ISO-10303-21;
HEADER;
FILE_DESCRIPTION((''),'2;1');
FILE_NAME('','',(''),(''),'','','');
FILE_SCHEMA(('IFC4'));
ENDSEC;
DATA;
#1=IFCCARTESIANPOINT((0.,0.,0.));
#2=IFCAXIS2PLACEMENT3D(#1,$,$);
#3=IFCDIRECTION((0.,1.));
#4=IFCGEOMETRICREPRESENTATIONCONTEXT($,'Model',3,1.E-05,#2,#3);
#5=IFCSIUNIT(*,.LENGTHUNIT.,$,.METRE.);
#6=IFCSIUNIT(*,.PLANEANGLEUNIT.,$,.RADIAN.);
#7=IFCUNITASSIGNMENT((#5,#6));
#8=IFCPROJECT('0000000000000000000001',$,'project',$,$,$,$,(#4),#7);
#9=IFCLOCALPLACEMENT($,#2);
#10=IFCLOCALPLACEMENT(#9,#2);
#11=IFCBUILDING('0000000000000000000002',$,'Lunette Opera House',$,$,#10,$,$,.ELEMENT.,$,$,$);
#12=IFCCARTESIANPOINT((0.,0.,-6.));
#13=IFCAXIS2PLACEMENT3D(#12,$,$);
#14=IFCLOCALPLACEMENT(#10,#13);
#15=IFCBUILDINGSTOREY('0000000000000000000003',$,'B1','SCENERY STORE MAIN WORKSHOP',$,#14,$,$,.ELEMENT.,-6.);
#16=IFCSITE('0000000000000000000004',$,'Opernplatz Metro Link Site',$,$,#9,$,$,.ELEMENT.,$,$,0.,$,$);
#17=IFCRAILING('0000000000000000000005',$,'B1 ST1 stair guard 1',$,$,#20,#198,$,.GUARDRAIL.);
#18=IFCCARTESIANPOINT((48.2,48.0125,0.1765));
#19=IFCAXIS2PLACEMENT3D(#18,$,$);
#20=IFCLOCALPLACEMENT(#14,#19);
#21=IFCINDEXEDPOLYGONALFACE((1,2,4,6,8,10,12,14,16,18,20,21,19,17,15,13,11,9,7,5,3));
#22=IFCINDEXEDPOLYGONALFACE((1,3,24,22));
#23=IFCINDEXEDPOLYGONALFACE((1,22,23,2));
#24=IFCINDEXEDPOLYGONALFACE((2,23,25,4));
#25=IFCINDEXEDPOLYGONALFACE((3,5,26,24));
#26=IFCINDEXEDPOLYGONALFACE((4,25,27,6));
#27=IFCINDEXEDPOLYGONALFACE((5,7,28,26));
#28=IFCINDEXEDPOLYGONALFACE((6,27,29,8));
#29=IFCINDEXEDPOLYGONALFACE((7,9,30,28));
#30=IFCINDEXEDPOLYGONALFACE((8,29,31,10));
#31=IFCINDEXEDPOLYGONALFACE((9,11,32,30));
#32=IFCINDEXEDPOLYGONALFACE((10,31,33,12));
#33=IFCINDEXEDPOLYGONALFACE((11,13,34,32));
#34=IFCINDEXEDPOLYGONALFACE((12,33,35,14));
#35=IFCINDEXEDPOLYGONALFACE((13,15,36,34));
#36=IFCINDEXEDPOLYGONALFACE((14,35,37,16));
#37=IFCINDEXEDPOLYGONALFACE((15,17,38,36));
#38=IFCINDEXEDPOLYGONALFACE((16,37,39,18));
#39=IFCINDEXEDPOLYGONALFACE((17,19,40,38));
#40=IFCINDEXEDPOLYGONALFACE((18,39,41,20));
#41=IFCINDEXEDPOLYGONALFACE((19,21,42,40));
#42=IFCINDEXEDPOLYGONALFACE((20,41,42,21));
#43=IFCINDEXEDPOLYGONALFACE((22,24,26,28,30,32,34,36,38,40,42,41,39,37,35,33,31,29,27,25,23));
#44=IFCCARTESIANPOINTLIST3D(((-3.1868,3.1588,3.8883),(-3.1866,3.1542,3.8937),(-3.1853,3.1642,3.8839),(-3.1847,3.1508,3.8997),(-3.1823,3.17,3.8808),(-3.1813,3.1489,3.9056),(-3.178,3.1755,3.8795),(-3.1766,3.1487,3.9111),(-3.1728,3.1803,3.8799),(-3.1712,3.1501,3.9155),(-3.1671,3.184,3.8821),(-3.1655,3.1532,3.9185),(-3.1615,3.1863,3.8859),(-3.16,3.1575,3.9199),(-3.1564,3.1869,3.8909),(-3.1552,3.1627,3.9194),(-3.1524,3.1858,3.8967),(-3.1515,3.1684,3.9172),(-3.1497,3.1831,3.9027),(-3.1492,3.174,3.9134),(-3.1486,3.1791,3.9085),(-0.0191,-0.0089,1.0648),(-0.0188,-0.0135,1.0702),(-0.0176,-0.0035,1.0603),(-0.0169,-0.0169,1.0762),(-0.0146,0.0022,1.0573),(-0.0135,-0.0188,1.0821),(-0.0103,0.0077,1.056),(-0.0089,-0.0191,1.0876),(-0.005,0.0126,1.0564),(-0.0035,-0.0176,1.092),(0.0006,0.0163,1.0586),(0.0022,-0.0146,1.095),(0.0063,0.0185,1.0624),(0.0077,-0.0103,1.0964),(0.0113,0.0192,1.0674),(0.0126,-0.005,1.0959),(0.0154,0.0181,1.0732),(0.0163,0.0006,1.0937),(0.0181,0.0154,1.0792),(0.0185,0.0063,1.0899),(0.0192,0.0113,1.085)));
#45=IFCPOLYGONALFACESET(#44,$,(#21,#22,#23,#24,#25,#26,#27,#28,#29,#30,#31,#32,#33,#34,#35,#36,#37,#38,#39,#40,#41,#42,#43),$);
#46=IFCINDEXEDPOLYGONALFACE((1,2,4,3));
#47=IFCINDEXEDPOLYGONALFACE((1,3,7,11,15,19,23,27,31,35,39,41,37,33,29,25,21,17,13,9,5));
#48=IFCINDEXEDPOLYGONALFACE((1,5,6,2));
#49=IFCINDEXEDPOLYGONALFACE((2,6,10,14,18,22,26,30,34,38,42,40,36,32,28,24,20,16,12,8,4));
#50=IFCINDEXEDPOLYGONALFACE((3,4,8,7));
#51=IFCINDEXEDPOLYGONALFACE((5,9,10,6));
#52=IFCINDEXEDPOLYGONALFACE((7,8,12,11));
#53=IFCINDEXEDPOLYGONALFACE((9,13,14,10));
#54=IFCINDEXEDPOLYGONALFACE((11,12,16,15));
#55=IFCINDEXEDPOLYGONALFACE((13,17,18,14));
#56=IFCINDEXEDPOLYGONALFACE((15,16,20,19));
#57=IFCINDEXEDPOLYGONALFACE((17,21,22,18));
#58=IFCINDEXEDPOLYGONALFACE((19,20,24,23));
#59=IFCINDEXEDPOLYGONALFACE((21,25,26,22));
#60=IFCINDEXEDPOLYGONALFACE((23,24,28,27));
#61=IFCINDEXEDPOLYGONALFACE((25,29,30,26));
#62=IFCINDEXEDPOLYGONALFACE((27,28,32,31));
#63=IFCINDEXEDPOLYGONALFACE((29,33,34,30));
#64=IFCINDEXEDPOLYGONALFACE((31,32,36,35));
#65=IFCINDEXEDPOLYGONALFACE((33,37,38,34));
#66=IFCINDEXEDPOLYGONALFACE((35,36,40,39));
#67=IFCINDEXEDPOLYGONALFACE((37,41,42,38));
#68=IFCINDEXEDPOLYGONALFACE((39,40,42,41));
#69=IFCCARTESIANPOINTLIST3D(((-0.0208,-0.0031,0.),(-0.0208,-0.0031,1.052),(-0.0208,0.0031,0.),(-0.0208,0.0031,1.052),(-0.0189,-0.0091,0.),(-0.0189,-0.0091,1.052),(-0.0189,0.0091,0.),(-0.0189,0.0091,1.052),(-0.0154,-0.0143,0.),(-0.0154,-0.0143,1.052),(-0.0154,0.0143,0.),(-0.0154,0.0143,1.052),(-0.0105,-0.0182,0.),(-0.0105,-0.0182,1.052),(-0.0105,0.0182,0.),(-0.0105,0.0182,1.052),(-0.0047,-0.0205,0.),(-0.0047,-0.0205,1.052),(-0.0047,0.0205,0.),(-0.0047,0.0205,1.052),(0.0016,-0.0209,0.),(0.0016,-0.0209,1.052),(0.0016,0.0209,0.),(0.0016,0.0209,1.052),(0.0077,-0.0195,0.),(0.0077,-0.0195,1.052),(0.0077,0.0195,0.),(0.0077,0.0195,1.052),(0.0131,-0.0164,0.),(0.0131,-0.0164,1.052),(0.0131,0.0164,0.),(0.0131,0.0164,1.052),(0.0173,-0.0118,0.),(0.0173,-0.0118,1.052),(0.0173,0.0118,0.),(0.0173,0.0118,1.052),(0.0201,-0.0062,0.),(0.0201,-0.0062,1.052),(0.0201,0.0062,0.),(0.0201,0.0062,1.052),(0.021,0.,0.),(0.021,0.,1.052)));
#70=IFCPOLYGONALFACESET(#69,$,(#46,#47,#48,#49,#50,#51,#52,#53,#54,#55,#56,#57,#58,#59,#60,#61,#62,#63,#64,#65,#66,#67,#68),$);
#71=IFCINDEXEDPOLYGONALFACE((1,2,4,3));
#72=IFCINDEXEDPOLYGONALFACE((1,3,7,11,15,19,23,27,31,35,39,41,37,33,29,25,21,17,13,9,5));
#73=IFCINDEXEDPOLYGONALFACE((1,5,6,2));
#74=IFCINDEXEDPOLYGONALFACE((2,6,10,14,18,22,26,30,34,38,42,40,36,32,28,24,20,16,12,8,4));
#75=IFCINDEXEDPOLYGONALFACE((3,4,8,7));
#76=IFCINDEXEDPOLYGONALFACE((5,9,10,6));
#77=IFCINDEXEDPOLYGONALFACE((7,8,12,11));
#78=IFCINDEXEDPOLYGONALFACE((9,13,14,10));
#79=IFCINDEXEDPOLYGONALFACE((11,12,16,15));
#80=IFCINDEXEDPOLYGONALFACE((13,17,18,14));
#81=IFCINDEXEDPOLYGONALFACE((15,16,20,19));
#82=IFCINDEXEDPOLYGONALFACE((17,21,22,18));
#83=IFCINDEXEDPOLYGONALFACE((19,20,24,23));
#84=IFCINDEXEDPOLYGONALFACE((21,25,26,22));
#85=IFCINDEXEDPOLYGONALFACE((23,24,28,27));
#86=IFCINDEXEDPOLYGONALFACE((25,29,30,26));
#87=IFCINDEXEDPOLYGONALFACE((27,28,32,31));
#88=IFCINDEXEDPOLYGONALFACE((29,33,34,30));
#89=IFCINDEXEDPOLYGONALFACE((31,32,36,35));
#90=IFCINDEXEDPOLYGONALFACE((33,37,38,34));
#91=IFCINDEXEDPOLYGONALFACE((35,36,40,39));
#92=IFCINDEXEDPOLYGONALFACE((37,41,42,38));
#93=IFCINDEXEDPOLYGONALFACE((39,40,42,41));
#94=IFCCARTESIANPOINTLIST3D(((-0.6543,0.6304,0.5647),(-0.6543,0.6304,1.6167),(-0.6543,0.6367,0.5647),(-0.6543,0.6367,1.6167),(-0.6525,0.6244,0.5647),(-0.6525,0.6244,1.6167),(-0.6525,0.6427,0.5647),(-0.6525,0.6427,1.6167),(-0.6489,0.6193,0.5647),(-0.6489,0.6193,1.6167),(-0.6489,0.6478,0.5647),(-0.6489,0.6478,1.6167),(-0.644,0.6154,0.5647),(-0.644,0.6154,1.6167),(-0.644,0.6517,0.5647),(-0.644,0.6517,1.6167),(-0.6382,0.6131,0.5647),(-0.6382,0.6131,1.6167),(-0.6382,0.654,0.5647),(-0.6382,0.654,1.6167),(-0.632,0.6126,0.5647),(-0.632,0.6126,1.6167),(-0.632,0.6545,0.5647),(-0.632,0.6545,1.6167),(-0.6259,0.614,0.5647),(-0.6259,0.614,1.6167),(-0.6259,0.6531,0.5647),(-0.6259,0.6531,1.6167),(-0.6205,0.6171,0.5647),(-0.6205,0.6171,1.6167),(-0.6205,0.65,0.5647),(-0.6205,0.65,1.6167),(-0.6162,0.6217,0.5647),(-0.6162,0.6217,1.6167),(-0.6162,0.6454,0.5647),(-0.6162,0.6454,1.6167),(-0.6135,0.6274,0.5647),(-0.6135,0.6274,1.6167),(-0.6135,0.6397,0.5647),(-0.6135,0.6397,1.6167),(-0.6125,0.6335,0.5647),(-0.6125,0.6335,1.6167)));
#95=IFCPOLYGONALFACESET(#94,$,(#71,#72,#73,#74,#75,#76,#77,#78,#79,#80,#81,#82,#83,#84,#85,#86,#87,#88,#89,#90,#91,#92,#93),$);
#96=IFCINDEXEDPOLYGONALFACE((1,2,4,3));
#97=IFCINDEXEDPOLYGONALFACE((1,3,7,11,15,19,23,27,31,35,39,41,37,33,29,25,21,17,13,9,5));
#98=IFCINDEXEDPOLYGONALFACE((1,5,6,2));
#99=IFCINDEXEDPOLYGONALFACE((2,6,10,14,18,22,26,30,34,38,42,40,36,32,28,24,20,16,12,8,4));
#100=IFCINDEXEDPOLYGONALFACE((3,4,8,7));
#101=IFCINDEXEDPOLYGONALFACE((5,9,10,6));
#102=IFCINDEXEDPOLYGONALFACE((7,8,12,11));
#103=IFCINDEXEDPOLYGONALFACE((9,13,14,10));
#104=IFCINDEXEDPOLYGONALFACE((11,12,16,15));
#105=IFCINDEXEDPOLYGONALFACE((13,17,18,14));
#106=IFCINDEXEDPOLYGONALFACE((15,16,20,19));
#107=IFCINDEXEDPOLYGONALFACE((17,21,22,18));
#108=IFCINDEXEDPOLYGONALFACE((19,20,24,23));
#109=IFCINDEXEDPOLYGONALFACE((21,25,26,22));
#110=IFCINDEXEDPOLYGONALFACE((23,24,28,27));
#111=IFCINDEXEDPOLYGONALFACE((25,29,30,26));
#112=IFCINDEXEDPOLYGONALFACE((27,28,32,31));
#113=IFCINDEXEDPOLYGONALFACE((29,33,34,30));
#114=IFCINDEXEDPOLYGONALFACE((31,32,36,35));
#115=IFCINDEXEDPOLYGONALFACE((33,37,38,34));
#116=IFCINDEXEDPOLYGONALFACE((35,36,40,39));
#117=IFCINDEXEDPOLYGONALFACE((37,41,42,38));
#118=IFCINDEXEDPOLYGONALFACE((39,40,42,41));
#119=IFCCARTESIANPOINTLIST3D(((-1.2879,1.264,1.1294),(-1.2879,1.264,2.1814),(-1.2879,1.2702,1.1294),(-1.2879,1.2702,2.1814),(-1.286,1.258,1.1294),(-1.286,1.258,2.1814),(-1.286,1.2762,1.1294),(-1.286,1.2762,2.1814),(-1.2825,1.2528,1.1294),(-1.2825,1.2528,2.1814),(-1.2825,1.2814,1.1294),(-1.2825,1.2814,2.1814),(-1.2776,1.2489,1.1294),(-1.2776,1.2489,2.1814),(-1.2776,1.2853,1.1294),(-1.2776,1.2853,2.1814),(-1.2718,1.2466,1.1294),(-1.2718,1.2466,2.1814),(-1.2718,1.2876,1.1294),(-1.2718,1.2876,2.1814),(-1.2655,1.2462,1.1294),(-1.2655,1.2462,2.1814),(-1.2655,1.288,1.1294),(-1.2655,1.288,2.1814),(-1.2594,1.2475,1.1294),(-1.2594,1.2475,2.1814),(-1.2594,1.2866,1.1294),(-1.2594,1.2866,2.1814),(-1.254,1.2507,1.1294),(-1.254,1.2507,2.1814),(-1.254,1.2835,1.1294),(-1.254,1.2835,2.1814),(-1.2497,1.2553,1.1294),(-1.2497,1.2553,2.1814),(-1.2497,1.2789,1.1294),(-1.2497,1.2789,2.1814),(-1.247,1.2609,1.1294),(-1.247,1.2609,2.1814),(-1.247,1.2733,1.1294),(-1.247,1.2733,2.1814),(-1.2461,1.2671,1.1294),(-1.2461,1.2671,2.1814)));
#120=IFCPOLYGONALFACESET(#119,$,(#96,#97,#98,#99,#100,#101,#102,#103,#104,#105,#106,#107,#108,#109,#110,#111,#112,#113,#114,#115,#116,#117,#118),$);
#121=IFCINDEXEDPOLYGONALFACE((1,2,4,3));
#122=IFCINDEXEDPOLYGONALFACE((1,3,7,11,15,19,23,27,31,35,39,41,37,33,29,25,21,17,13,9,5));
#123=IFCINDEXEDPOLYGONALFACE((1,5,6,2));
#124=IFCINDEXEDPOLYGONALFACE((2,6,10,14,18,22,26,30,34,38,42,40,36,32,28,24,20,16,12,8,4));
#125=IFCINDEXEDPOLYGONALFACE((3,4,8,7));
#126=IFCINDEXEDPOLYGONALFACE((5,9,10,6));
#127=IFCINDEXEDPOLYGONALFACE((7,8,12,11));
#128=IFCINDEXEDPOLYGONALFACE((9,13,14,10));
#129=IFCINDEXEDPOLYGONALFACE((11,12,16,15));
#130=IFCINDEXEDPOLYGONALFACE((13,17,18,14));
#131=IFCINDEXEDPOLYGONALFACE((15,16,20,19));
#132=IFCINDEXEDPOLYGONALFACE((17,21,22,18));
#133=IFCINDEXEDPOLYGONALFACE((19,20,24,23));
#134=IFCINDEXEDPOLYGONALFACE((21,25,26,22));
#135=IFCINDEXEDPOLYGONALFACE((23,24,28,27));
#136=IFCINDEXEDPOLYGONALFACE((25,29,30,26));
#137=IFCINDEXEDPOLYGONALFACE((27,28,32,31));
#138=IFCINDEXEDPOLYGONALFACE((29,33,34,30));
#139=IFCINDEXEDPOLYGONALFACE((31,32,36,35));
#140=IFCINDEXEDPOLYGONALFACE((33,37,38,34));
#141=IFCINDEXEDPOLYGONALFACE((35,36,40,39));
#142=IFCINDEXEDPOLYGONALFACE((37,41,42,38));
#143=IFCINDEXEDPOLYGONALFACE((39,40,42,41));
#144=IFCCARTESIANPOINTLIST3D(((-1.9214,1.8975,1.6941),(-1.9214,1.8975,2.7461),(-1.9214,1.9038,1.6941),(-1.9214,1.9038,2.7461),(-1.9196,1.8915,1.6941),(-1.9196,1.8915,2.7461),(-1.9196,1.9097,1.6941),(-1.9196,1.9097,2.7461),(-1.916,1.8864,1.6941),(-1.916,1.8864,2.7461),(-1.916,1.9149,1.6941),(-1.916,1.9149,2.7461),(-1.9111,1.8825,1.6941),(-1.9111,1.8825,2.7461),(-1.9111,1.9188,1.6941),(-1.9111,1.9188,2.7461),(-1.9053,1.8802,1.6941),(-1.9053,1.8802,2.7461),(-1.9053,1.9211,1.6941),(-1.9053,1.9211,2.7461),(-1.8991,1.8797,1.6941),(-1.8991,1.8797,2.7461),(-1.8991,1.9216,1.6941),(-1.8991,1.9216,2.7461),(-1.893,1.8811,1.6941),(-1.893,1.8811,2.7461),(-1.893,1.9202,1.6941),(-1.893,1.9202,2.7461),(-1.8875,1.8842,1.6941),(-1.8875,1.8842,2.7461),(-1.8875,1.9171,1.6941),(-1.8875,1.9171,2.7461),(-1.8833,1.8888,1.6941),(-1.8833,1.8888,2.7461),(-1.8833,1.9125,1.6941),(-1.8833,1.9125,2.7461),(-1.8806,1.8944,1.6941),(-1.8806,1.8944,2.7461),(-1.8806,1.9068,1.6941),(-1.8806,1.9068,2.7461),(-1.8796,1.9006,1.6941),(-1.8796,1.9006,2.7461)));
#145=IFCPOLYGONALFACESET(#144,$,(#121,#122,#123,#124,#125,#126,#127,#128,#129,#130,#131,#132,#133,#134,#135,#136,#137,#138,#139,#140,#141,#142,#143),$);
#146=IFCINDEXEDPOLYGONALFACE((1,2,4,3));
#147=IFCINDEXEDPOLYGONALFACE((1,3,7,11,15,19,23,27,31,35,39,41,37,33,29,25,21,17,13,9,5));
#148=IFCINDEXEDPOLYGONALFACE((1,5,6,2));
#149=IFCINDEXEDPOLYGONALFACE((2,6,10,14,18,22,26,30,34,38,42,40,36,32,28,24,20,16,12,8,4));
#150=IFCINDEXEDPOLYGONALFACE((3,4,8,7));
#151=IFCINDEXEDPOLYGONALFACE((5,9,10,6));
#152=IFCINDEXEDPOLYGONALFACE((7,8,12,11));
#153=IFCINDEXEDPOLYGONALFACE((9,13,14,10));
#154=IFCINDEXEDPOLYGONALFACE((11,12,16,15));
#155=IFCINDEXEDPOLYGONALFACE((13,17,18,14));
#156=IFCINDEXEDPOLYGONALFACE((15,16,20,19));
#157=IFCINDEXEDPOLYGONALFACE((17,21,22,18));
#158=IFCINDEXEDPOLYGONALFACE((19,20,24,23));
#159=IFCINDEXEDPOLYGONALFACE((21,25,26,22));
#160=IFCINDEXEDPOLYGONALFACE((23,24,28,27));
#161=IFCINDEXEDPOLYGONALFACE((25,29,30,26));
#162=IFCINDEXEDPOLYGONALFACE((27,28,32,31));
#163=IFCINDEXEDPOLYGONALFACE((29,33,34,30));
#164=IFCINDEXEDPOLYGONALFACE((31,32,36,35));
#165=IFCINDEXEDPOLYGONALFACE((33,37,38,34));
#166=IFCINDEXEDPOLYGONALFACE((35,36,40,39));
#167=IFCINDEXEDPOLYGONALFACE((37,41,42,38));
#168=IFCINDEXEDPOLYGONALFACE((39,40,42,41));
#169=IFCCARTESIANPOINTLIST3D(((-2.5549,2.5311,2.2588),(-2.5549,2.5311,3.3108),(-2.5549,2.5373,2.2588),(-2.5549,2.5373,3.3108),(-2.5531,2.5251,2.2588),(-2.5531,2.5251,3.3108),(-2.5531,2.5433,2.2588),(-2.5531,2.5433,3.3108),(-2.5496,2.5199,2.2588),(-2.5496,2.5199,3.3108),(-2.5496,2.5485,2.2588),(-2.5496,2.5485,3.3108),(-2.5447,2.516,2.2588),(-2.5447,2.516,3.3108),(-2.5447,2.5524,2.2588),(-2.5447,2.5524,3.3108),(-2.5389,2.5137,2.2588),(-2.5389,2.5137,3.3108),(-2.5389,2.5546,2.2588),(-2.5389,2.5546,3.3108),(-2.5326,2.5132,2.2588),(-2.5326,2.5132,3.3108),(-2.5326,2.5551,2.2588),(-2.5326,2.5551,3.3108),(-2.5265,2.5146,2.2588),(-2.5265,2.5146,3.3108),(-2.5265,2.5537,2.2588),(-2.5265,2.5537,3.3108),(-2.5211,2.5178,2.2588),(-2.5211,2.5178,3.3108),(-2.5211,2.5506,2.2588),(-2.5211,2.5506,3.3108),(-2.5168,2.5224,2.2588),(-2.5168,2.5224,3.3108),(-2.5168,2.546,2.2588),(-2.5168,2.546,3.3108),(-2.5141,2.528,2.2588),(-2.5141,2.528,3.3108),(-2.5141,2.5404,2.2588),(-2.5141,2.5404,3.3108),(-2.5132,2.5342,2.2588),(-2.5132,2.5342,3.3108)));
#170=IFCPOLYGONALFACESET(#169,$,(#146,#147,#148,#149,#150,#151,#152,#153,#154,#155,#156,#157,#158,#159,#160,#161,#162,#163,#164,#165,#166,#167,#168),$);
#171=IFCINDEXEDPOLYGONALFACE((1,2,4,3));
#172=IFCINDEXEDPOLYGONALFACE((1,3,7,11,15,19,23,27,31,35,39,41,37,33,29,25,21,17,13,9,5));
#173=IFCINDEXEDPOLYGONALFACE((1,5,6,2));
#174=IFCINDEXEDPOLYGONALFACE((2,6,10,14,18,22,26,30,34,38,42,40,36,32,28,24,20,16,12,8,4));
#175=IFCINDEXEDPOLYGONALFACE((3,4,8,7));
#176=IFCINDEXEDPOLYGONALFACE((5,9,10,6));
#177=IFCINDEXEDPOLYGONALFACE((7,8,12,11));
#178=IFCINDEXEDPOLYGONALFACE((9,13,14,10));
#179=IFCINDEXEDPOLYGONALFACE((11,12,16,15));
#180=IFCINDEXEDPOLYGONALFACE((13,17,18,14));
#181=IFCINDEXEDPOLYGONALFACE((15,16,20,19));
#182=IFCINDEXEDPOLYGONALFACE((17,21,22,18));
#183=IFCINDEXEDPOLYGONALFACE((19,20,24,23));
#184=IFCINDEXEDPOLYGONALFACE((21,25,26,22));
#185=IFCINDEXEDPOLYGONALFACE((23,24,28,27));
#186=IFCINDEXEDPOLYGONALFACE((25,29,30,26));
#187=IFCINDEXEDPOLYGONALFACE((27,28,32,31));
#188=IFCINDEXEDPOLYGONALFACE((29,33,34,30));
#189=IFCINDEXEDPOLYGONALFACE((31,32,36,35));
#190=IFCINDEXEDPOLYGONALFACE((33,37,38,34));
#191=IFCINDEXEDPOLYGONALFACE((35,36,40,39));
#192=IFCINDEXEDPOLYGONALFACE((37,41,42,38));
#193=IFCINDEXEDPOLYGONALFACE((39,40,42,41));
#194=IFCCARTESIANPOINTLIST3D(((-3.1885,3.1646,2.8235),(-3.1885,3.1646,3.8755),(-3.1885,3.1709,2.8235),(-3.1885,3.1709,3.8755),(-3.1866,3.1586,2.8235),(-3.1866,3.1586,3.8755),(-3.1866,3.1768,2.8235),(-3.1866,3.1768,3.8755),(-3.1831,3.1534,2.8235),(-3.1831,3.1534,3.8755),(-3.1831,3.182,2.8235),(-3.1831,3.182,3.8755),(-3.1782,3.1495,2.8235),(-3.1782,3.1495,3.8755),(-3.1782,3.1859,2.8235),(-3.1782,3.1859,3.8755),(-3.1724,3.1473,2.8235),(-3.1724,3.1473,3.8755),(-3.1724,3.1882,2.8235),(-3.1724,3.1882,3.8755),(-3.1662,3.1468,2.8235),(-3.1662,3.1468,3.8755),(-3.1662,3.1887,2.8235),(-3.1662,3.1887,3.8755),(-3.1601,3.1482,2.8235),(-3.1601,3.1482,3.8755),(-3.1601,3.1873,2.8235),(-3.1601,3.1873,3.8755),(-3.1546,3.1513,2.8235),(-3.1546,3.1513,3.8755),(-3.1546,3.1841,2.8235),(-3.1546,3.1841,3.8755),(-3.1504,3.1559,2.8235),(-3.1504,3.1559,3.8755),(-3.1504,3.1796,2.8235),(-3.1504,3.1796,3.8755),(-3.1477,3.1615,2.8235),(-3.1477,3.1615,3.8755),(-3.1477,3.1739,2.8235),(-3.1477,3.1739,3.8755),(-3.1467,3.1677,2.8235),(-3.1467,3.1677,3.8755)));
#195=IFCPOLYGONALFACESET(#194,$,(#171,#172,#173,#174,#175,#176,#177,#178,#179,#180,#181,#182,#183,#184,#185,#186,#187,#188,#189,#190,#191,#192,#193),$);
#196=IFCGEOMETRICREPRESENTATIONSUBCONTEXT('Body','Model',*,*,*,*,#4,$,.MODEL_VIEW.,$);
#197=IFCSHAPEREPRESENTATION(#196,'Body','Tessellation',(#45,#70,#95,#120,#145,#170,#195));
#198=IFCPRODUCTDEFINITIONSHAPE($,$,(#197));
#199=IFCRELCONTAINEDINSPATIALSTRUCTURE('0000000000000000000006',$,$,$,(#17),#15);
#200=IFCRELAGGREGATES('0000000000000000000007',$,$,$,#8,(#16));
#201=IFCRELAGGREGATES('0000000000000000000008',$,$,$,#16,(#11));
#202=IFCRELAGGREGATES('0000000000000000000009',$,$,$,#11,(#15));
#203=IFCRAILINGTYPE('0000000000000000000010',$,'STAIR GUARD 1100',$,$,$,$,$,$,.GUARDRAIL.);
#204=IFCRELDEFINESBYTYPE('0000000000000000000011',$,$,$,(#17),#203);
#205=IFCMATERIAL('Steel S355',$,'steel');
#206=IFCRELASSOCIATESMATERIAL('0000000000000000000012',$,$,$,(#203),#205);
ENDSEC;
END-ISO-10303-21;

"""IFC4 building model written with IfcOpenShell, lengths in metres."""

from ifc_helpers import new_model, si_unit, direction, frame, origin, origin_2d, place, context, subcontext, project, spatial, circle, extrude, material, type_object, element, save


model = new_model("IFC4")

# Units and contexts
model_context = context("Model", 3, precision=1e-05, world=origin(), true_north=direction((0.0, 1.0)))
body_context = subcontext(model_context, "Body", "Model", "MODEL_VIEW")
ifc_project = project(units=[si_unit("LENGTHUNIT", "METRE"), si_unit("PLANEANGLEUNIT", "RADIAN")], contexts=[model_context])

# Site, building, storey
site_placement = place(None, origin())
site = spatial("IfcSite", under=ifc_project, at=site_placement, Name="Opernplatz Metro Link Site", CompositionType="ELEMENT", RefElevation=0.0)
building_placement = place(site_placement, origin())
building = spatial("IfcBuilding", under=site, at=building_placement, Name="Lunette Opera House", CompositionType="ELEMENT")
storey_placement = place(building_placement, frame((0.0, 0.0, -6.0)))
storey = spatial("IfcBuildingStorey", under=building, at=storey_placement, Name="B1", Description="SCENERY STORE MAIN WORKSHOP", CompositionType="ELEMENT", Elevation=-6.0)

# Railing
ifc_material_1 = material(Name="Steel S355", Category="steel")
railing_type_1 = type_object("IfcRailingType", Name="STAIR GUARD 1100", PredefinedType="GUARDRAIL", material=ifc_material_1)
railing_1_placement = place(storey_placement, frame((48.2, 48.0125, 0.1765)))
element("IfcRailing", 1, at=railing_1_placement, inside=storey, type_object=railing_type_1, Name="B1 ST1 stair guard 1", PredefinedType="GUARDRAIL", context=body_context, shape_type="SweptSolid", body=[
    extrude(circle(Radius=0.0239, at=origin_2d()), frame((0.0, 0.0, 1.0762), z_axis=(-0.598206, 0.598206, 0.533198), x_axis=(-0.707107, -0.707107, 0.0)), (0.0, 0.0, 1.0), 5.2954),
    extrude(circle(Radius=0.021, at=origin_2d()), origin(), (0.0, 0.0, 1.0), 1.052),
    extrude(circle(Radius=0.021, at=origin_2d()), frame((-0.6335, 0.6335, 0.5647)), (0.0, 0.0, 1.0), 1.052),
    extrude(circle(Radius=0.021, at=origin_2d()), frame((-1.2671, 1.2671, 1.1294)), (0.0, 0.0, 1.0), 1.052),
    extrude(circle(Radius=0.021, at=origin_2d()), frame((-1.9006, 1.9006, 1.6941)), (0.0, 0.0, 1.0), 1.052),
    extrude(circle(Radius=0.021, at=origin_2d()), frame((-2.5342, 2.5342, 2.2588)), (0.0, 0.0, 1.0), 1.052),
    extrude(circle(Radius=0.021, at=origin_2d()), frame((-3.1677, 3.1677, 2.8235)), (0.0, 0.0, 1.0), 1.052),
])

save(model, "model.ifc")
